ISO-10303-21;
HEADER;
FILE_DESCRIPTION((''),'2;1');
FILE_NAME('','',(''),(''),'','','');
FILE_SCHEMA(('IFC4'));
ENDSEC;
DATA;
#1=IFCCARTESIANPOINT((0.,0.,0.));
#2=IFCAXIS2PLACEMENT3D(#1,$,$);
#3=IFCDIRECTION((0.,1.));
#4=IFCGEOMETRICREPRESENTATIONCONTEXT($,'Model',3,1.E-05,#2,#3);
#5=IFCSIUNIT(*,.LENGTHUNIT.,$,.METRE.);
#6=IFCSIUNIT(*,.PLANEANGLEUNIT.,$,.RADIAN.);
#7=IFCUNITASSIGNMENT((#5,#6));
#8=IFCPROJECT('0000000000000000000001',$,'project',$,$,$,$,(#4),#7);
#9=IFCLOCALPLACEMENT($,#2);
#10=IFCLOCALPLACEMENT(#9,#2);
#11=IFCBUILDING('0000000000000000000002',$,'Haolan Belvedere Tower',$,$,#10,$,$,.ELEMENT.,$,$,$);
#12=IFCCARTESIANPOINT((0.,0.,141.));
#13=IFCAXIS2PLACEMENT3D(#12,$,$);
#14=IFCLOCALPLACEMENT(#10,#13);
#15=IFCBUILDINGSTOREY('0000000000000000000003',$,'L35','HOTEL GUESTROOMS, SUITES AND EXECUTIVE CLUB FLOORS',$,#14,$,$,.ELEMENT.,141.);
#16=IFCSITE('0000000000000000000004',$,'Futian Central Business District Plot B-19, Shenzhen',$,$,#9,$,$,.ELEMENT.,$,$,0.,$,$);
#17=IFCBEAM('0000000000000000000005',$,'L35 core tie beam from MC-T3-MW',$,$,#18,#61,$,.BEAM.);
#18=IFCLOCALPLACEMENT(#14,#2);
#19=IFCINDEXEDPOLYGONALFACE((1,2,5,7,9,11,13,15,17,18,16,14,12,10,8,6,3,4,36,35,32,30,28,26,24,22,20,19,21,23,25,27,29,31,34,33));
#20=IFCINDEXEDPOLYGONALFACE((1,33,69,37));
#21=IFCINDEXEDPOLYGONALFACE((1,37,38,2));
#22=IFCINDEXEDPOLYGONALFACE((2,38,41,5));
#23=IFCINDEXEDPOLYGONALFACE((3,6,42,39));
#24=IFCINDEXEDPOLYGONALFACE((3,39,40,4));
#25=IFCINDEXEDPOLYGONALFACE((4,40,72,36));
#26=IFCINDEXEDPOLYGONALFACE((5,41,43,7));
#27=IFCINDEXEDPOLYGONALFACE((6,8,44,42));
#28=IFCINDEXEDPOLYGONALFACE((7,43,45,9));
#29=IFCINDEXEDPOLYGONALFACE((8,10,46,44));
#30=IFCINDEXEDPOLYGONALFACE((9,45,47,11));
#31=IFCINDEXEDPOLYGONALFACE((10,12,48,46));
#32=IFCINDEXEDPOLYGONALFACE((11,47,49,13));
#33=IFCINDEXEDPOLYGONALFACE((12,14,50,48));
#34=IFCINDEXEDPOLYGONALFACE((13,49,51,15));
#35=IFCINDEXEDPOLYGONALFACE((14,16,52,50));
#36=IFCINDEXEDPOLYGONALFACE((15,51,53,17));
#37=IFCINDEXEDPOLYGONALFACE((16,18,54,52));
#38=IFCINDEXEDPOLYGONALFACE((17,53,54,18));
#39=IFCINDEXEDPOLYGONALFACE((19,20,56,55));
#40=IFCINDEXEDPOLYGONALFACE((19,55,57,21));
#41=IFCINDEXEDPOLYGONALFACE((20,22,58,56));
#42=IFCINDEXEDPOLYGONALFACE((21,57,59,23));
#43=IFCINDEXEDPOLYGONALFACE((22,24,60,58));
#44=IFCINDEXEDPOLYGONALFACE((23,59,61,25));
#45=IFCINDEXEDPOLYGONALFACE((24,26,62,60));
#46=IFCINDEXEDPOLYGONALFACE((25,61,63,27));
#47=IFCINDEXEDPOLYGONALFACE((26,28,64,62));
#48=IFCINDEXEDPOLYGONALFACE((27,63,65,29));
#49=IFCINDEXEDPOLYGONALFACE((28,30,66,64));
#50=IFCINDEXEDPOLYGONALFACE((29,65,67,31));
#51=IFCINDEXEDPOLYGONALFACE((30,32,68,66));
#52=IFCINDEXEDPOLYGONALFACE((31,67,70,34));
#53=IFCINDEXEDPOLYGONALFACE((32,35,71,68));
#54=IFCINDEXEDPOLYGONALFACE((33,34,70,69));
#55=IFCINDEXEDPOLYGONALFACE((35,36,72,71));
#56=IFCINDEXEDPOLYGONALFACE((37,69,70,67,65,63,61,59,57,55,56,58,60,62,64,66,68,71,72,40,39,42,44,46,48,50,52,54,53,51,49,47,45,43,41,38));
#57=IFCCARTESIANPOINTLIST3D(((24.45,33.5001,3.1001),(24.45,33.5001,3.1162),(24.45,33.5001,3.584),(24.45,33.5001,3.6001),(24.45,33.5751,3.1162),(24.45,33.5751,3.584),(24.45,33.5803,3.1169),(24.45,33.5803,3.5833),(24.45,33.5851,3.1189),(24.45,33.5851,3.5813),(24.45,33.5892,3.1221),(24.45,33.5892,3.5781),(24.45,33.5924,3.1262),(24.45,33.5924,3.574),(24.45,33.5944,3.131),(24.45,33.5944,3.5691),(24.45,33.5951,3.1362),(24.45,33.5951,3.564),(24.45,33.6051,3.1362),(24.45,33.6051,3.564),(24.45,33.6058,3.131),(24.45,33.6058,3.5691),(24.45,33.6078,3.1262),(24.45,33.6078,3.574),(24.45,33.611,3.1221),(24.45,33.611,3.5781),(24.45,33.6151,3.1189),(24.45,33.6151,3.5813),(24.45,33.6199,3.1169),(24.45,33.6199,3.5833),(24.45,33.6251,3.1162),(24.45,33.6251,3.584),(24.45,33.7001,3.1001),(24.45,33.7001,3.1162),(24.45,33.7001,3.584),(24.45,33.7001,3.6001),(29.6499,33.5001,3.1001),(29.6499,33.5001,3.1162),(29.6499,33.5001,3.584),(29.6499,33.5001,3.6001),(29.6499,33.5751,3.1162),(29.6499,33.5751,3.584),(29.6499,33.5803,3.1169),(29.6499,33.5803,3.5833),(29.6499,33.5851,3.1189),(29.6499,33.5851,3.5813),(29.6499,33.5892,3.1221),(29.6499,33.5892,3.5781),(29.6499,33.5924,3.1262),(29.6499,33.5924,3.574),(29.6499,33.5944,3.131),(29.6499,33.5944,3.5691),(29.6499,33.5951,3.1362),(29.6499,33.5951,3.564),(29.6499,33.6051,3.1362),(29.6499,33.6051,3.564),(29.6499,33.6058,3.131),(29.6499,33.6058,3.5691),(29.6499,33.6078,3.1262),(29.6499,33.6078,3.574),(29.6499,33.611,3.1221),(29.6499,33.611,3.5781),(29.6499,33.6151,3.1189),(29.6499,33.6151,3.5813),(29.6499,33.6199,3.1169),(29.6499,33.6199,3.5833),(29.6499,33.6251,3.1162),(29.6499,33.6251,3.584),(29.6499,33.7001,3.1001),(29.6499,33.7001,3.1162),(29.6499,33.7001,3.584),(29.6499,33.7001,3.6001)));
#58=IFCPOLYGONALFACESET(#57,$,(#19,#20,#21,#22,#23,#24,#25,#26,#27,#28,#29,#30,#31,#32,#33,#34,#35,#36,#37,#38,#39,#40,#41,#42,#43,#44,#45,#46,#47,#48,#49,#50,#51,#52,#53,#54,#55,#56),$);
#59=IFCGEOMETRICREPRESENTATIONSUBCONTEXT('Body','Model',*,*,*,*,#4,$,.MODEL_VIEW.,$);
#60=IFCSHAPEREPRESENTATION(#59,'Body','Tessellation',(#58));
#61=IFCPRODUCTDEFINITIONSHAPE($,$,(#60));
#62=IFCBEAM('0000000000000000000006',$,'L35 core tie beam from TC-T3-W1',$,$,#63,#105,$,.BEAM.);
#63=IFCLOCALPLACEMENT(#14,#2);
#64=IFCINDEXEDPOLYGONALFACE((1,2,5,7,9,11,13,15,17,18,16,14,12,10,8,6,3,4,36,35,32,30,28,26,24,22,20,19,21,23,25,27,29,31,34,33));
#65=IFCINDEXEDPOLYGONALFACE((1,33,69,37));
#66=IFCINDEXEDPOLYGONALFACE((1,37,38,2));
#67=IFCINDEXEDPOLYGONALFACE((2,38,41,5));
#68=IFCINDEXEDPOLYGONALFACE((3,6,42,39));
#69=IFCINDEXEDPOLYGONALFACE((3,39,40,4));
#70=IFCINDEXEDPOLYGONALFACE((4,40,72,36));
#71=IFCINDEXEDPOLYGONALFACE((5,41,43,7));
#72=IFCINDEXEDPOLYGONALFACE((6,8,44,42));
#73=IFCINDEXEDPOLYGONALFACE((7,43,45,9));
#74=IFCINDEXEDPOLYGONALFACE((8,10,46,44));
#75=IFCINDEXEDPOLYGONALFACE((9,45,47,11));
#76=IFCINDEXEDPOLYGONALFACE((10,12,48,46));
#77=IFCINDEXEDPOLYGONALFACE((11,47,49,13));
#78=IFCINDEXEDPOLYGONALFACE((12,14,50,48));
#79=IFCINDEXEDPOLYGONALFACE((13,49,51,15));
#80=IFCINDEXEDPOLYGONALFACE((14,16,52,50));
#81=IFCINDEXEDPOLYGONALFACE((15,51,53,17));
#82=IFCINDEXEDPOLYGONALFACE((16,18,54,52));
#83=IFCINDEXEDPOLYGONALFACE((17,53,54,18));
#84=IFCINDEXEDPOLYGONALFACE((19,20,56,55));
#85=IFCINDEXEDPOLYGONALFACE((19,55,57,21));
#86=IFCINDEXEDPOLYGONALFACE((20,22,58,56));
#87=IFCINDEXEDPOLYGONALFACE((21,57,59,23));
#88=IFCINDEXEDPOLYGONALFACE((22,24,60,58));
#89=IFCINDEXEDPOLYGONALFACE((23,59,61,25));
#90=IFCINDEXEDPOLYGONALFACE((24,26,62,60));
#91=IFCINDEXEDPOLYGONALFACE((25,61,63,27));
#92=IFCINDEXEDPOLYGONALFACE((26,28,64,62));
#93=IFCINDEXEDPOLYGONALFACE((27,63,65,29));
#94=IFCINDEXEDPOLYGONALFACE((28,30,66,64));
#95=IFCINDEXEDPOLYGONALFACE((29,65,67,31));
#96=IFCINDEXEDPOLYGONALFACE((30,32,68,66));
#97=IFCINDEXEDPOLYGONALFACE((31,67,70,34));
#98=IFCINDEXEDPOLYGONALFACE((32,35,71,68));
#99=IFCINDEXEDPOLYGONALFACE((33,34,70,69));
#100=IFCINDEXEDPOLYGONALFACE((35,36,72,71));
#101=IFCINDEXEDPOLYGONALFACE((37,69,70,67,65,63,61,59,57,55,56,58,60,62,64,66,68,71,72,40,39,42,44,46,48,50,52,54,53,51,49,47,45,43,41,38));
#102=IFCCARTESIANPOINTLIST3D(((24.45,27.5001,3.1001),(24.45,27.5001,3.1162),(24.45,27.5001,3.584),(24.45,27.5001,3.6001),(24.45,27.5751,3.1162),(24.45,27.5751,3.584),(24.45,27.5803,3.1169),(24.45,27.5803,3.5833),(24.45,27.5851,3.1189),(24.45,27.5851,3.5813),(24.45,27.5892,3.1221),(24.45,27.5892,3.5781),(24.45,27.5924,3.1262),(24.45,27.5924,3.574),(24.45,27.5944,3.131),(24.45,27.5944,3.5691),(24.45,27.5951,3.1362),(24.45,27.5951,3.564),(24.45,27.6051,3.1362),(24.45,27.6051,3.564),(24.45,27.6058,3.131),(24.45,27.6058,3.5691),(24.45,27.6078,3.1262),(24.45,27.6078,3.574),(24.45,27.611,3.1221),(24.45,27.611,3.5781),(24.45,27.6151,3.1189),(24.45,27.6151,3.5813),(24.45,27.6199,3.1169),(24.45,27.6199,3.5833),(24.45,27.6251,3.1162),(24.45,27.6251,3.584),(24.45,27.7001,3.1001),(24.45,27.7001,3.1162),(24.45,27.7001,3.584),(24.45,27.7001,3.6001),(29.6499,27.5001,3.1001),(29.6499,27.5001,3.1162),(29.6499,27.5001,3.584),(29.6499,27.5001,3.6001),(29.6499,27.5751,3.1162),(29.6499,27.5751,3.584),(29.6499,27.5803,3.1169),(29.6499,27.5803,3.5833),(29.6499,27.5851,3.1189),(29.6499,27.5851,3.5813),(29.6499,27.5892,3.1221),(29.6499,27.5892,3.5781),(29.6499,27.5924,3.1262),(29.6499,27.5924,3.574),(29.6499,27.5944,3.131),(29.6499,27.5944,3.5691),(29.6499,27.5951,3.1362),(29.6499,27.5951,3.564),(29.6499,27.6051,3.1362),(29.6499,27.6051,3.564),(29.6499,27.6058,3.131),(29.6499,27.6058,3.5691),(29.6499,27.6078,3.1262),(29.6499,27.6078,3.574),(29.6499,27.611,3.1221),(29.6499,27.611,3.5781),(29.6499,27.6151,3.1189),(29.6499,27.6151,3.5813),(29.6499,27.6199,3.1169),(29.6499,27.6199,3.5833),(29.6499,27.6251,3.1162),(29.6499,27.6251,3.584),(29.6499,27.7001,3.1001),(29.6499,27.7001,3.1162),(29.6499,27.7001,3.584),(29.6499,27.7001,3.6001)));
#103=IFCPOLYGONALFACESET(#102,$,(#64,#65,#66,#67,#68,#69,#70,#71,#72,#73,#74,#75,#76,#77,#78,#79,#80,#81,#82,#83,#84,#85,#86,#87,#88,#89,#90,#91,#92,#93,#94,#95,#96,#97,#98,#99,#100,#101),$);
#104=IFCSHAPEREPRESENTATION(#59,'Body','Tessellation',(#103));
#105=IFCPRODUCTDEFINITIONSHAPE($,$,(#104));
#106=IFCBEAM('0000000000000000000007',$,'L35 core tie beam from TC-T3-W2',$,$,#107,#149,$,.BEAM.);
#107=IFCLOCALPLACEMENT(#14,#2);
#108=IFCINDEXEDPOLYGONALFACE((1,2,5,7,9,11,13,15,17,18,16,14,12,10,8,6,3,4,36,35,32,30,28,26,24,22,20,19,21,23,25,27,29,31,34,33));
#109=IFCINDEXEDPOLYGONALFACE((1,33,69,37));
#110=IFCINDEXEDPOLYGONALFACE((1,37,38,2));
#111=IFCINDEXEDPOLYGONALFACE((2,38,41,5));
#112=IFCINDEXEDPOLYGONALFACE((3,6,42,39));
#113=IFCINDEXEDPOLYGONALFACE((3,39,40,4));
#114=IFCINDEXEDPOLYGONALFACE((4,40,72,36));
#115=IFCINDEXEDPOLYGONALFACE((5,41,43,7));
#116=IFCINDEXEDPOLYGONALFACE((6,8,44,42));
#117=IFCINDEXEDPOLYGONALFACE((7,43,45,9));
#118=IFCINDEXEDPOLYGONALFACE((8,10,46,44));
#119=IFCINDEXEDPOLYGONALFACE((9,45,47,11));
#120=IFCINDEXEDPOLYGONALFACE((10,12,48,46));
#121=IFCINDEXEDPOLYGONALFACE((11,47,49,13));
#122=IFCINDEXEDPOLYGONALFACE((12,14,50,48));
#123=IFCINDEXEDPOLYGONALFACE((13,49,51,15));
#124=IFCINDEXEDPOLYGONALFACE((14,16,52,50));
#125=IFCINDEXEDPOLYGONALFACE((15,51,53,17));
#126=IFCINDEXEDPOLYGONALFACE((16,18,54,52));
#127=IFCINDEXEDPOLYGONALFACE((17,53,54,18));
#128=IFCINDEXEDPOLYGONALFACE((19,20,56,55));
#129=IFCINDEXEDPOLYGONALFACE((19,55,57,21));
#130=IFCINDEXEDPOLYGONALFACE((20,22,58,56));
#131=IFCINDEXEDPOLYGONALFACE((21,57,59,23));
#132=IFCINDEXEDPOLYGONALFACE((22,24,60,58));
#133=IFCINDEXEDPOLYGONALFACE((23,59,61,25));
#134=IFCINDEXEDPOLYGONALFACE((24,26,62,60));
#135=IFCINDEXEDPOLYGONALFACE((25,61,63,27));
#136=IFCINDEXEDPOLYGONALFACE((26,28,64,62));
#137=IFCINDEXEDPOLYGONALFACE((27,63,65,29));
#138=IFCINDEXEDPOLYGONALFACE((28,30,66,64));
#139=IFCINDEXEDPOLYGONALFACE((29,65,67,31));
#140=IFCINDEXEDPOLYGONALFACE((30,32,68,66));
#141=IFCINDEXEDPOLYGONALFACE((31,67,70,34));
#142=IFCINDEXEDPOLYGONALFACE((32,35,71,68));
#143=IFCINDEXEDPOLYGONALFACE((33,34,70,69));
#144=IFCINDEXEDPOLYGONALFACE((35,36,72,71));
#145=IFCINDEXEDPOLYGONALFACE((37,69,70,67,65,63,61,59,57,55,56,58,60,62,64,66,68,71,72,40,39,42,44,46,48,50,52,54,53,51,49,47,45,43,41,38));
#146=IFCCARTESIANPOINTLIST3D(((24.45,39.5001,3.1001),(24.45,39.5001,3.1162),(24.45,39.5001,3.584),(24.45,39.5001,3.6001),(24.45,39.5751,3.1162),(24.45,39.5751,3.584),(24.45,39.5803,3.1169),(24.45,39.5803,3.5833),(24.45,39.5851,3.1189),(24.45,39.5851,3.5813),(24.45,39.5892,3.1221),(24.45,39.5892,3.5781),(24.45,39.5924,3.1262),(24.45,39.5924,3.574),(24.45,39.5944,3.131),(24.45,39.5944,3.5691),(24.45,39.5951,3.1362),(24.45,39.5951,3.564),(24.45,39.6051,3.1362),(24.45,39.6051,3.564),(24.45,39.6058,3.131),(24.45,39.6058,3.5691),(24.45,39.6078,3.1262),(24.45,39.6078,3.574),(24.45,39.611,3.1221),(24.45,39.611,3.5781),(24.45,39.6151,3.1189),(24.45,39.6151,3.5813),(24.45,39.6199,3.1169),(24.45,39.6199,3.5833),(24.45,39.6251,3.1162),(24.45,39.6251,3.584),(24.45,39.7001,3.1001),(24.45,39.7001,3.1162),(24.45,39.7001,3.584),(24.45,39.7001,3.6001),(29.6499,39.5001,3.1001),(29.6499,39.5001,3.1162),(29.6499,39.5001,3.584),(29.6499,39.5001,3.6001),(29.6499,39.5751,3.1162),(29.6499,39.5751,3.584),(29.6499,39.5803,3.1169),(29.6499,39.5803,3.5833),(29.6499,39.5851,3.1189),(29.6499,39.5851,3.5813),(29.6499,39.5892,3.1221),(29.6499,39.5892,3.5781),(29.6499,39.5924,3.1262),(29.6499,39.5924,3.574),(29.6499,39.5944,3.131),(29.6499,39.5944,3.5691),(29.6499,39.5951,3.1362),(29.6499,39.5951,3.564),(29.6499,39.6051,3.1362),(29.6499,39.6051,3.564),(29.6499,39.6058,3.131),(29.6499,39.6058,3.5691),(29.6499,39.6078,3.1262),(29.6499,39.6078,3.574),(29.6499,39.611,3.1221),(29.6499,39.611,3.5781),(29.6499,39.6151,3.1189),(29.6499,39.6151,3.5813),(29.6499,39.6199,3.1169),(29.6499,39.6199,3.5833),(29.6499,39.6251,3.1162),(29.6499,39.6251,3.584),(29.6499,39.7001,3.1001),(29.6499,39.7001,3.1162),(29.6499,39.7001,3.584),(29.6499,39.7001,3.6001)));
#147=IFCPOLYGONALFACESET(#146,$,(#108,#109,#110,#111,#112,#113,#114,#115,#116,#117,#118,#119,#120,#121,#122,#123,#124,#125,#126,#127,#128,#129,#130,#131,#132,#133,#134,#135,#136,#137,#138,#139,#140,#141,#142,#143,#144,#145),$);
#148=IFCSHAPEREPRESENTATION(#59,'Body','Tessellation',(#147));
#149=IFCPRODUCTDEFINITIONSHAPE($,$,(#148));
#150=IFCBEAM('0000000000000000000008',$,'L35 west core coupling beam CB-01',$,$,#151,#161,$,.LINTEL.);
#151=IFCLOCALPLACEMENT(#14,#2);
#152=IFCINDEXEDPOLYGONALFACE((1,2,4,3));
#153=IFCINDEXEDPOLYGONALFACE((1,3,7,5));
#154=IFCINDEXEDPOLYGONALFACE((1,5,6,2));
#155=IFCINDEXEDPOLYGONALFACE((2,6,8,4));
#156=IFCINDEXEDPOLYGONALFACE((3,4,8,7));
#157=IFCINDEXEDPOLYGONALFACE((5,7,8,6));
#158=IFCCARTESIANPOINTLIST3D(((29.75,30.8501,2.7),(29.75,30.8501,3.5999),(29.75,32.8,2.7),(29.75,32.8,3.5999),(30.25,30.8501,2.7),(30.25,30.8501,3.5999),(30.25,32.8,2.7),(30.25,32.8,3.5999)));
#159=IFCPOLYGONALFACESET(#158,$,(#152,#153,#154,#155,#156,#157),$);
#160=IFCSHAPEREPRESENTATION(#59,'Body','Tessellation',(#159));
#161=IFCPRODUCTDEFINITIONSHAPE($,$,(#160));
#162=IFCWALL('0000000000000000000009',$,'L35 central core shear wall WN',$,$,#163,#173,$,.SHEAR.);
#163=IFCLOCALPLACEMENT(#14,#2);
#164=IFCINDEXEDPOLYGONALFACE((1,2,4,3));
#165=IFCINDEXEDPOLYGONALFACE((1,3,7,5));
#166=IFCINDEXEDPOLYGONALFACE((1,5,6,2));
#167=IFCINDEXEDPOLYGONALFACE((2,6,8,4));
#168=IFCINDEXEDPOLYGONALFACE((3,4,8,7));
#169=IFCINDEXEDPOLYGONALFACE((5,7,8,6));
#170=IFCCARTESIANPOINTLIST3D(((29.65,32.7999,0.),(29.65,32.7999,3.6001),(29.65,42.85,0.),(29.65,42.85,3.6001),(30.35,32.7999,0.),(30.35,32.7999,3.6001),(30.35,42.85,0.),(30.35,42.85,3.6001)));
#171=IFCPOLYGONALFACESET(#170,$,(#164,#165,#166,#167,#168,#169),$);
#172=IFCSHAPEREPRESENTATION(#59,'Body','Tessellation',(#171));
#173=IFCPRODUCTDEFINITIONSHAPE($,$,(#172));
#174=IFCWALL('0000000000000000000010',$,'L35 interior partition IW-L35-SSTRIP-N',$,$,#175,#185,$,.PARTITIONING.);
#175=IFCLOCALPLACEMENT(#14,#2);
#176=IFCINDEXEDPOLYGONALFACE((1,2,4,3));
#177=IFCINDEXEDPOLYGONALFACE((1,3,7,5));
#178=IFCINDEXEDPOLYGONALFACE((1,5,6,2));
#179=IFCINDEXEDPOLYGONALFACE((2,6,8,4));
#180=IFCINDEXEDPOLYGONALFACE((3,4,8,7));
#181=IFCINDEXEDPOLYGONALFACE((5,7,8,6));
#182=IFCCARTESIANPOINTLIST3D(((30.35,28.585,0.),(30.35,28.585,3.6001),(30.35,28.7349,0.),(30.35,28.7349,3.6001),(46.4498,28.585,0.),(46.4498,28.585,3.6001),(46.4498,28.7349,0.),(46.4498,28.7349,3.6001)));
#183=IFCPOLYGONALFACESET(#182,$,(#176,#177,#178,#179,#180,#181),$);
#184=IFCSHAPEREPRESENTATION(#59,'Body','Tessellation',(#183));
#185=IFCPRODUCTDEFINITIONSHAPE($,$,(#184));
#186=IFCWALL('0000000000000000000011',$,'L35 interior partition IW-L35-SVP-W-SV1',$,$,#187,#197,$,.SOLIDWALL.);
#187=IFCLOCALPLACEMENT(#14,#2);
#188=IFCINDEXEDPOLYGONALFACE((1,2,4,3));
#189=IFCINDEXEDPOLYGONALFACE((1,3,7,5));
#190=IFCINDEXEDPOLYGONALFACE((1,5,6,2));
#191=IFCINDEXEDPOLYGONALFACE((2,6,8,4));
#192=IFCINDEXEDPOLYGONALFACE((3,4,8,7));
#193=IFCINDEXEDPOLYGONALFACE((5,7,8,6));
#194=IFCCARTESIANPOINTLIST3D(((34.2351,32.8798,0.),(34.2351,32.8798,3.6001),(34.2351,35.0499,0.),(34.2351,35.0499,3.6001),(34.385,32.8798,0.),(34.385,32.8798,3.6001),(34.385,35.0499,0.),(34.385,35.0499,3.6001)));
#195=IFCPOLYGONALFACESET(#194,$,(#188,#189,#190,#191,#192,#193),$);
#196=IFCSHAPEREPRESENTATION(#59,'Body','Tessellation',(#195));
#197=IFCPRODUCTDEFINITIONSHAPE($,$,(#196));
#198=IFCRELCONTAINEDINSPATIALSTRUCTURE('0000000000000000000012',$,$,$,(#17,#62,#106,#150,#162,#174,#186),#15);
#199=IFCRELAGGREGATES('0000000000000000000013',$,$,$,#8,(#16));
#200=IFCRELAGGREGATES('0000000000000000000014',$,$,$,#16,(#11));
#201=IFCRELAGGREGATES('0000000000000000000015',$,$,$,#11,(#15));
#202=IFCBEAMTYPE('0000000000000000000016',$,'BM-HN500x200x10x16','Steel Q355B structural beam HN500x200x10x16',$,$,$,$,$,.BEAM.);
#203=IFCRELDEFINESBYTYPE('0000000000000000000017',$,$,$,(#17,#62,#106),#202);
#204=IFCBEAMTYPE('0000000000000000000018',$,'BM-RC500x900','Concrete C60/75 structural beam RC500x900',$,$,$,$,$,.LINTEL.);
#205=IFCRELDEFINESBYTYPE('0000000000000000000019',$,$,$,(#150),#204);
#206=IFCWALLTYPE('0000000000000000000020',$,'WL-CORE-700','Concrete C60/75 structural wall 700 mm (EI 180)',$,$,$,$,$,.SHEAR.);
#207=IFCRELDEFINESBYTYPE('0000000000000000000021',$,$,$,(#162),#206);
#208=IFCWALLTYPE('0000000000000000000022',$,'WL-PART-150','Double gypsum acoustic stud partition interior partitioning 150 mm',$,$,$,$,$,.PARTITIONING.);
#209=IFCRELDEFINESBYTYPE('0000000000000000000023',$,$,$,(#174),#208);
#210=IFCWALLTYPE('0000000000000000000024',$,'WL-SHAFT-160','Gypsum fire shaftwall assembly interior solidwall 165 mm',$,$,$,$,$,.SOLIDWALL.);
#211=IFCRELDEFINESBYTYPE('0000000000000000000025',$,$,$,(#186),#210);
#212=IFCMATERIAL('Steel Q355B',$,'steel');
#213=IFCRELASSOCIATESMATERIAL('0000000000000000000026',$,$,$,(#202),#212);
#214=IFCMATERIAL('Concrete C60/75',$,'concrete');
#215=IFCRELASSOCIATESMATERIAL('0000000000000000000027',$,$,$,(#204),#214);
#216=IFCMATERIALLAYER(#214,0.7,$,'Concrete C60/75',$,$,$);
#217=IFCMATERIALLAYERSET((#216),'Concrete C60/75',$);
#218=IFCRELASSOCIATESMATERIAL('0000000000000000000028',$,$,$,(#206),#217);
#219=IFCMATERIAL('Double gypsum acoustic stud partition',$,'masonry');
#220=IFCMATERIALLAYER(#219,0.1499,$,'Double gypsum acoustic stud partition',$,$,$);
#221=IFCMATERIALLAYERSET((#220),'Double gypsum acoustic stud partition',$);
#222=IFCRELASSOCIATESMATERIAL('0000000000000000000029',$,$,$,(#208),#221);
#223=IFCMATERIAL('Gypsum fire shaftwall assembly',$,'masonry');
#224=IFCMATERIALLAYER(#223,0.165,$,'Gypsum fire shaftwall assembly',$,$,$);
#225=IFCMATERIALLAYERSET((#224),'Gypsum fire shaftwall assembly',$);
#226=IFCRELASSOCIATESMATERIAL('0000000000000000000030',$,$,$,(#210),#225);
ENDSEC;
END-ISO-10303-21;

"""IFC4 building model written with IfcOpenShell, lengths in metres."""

from ifc_helpers import new_model, si_unit, direction, frame, frame_2d, origin, origin_2d, place, context, subcontext, project, spatial, rectangle, i_section, extrude, material, layer, layer_set, material_profile, profile_set, type_object, element, save


model = new_model("IFC4")

# Units and contexts
model_context = context("Model", 3, precision=1e-05, world=origin(), true_north=direction((0.0, 1.0)))
body_context = subcontext(model_context, "Body", "Model", "MODEL_VIEW")
ifc_project = project(units=[si_unit("LENGTHUNIT", "METRE"), si_unit("PLANEANGLEUNIT", "RADIAN")], contexts=[model_context])

# Site, building, storey
site_placement = place(None, origin())
site = spatial("IfcSite", under=ifc_project, at=site_placement, Name="Futian Central Business District Plot B-19, Shenzhen", CompositionType="ELEMENT", RefElevation=0.0)
building_placement = place(site_placement, origin())
building = spatial("IfcBuilding", under=site, at=building_placement, Name="Haolan Belvedere Tower", CompositionType="ELEMENT")
storey_placement = place(building_placement, frame((0.0, 0.0, 141.0)))
storey = spatial("IfcBuildingStorey", under=building, at=storey_placement, Name="L35", Description="HOTEL GUESTROOMS, SUITES AND EXECUTIVE CLUB FLOORS", CompositionType="ELEMENT", Elevation=141.0)

# Beams
ifc_material_1 = material(Name="Steel Q355B", Category="steel")
ifc_material_profile_1 = material_profile(ifc_material_1, i_section(OverallWidth=0.2, OverallDepth=0.5, WebThickness=0.01, FlangeThickness=0.0161, FilletRadius=0.02, at=origin_2d()), Name="Steel Q355B")
ifc_profile_set_1 = profile_set([ifc_material_profile_1], Name="Steel Q355B")
beam_type_1 = type_object("IfcBeamType", Name="BM-HN500x200x10x16", Description="Steel Q355B structural beam HN500x200x10x16", PredefinedType="BEAM", material=ifc_profile_set_1)
for number, where, z_axis, x_axis, name in (
    (1, (24.45, 33.6001, 3.3501), (1.0, 0.0, 0.0), (0.0, 1.0, 0.0), "L35 core tie beam from MC-T3-MW"),
    (2, (24.45, 27.6001, 3.3501), (1.0, 0.0, 0.0), (0.0, 1.0, 0.0), "L35 core tie beam from TC-T3-W1"),
    (3, (24.45, 39.6001, 3.3501), (1.0, 0.0, 0.0), (0.0, 1.0, 0.0), "L35 core tie beam from TC-T3-W2"),
):
    element("IfcBeam", number, at=place(storey_placement, frame(where, z_axis=z_axis, x_axis=x_axis)), inside=storey, type_object=beam_type_1, Name=name, PredefinedType="BEAM", context=body_context, shape_type="SweptSolid", body=[
        extrude(i_section(OverallWidth=0.2, OverallDepth=0.5, WebThickness=0.01, FlangeThickness=0.0161, FilletRadius=0.02, at=origin_2d()), origin(), (0.0, 0.0, 1.0), 5.2),
    ])
ifc_material_2 = material(Name="Concrete C60/75", Category="concrete")
ifc_material_profile_2 = material_profile(ifc_material_2, rectangle(XDim=0.5, YDim=0.8999, at=origin_2d()), Name="Concrete C60/75")
ifc_profile_set_2 = profile_set([ifc_material_profile_2], Name="Concrete C60/75")
beam_type_2 = type_object("IfcBeamType", Name="BM-RC500x900", Description="Concrete C60/75 structural beam RC500x900", PredefinedType="LINTEL", material=ifc_profile_set_2)
beam_placement = place(storey_placement, frame((30.0, 30.8501, 3.1499), z_axis=(0.0, 1.0, 0.0), x_axis=(-1.0, 0.0, 0.0)))
element("IfcBeam", 4, at=beam_placement, inside=storey, type_object=beam_type_2, Name="L35 west core coupling beam CB-01", PredefinedType="LINTEL", context=body_context, shape_type="SweptSolid", body=[
    extrude(rectangle(XDim=0.5, YDim=0.8999, at=origin_2d()), origin(), (0.0, 0.0, 1.0), 1.95),
])

# Walls
ifc_layer_1 = layer(ifc_material_2, 0.7, Name="Concrete C60/75")
ifc_layer_set_1 = layer_set([ifc_layer_1], Name="Concrete C60/75")
wall_type_1 = type_object("IfcWallType", Name="WL-CORE-700", Description="Concrete C60/75 structural wall 700 mm (EI 180)", PredefinedType="SHEAR", material=ifc_layer_set_1)
wall_1_placement = place(storey_placement, frame((30.0, 32.8, 0.0), z_axis=(0.0, 0.0, 1.0), x_axis=(0.0, 1.0, 0.0)))
element("IfcWall", 5, at=wall_1_placement, inside=storey, type_object=wall_type_1, Name="L35 central core shear wall WN", PredefinedType="SHEAR", context=body_context, shape_type="SweptSolid", body=[
    extrude(rectangle(XDim=10.05, YDim=0.7, at=frame_2d((5.0249, 0.0))), origin(), (0.0, 0.0, 1.0), 3.6001),
])
ifc_material_3 = material(Name="Double gypsum acoustic stud partition", Category="masonry")
ifc_layer_2 = layer(ifc_material_3, 0.1499, Name="Double gypsum acoustic stud partition")
ifc_layer_set_2 = layer_set([ifc_layer_2], Name="Double gypsum acoustic stud partition")
wall_type_2 = type_object("IfcWallType", Name="WL-PART-150", Description="Double gypsum acoustic stud partition interior partitioning 150 mm", PredefinedType="PARTITIONING", material=ifc_layer_set_2)
wall_2_placement = place(storey_placement, frame((30.3501, 28.6599, 0.0), z_axis=(0.0, 0.0, 1.0), x_axis=(1.0, 0.0, 0.0)))
element("IfcWall", 6, at=wall_2_placement, inside=storey, type_object=wall_type_2, Name="L35 interior partition IW-L35-SSTRIP-N", PredefinedType="PARTITIONING", context=body_context, shape_type="SweptSolid", body=[
    extrude(rectangle(XDim=16.0999, YDim=0.1499, at=frame_2d((8.0498, 0.0))), origin(), (0.0, 0.0, 1.0), 3.6001),
])

# Wall
ifc_material_4 = material(Name="Gypsum fire shaftwall assembly", Category="masonry")
ifc_layer_3 = layer(ifc_material_4, 0.165, Name="Gypsum fire shaftwall assembly")
ifc_layer_set_3 = layer_set([ifc_layer_3], Name="Gypsum fire shaftwall assembly")
wall_type_3 = type_object("IfcWallType", Name="WL-SHAFT-160", Description="Gypsum fire shaftwall assembly interior solidwall 165 mm", PredefinedType="SOLIDWALL", material=ifc_layer_set_3)
wall_3_placement = place(storey_placement, frame((34.3101, 32.8799, 0.0), z_axis=(0.0, 0.0, 1.0), x_axis=(0.0, 1.0, 0.0)))
element("IfcWall", 7, at=wall_3_placement, inside=storey, type_object=wall_type_3, Name="L35 interior partition IW-L35-SVP-W-SV1", PredefinedType="SOLIDWALL", context=body_context, shape_type="SweptSolid", body=[
    extrude(rectangle(XDim=2.1702, YDim=0.1499, at=frame_2d((1.085, 0.0))), origin(), (0.0, 0.0, 1.0), 3.6001),
])

save(model, "model.ifc")
